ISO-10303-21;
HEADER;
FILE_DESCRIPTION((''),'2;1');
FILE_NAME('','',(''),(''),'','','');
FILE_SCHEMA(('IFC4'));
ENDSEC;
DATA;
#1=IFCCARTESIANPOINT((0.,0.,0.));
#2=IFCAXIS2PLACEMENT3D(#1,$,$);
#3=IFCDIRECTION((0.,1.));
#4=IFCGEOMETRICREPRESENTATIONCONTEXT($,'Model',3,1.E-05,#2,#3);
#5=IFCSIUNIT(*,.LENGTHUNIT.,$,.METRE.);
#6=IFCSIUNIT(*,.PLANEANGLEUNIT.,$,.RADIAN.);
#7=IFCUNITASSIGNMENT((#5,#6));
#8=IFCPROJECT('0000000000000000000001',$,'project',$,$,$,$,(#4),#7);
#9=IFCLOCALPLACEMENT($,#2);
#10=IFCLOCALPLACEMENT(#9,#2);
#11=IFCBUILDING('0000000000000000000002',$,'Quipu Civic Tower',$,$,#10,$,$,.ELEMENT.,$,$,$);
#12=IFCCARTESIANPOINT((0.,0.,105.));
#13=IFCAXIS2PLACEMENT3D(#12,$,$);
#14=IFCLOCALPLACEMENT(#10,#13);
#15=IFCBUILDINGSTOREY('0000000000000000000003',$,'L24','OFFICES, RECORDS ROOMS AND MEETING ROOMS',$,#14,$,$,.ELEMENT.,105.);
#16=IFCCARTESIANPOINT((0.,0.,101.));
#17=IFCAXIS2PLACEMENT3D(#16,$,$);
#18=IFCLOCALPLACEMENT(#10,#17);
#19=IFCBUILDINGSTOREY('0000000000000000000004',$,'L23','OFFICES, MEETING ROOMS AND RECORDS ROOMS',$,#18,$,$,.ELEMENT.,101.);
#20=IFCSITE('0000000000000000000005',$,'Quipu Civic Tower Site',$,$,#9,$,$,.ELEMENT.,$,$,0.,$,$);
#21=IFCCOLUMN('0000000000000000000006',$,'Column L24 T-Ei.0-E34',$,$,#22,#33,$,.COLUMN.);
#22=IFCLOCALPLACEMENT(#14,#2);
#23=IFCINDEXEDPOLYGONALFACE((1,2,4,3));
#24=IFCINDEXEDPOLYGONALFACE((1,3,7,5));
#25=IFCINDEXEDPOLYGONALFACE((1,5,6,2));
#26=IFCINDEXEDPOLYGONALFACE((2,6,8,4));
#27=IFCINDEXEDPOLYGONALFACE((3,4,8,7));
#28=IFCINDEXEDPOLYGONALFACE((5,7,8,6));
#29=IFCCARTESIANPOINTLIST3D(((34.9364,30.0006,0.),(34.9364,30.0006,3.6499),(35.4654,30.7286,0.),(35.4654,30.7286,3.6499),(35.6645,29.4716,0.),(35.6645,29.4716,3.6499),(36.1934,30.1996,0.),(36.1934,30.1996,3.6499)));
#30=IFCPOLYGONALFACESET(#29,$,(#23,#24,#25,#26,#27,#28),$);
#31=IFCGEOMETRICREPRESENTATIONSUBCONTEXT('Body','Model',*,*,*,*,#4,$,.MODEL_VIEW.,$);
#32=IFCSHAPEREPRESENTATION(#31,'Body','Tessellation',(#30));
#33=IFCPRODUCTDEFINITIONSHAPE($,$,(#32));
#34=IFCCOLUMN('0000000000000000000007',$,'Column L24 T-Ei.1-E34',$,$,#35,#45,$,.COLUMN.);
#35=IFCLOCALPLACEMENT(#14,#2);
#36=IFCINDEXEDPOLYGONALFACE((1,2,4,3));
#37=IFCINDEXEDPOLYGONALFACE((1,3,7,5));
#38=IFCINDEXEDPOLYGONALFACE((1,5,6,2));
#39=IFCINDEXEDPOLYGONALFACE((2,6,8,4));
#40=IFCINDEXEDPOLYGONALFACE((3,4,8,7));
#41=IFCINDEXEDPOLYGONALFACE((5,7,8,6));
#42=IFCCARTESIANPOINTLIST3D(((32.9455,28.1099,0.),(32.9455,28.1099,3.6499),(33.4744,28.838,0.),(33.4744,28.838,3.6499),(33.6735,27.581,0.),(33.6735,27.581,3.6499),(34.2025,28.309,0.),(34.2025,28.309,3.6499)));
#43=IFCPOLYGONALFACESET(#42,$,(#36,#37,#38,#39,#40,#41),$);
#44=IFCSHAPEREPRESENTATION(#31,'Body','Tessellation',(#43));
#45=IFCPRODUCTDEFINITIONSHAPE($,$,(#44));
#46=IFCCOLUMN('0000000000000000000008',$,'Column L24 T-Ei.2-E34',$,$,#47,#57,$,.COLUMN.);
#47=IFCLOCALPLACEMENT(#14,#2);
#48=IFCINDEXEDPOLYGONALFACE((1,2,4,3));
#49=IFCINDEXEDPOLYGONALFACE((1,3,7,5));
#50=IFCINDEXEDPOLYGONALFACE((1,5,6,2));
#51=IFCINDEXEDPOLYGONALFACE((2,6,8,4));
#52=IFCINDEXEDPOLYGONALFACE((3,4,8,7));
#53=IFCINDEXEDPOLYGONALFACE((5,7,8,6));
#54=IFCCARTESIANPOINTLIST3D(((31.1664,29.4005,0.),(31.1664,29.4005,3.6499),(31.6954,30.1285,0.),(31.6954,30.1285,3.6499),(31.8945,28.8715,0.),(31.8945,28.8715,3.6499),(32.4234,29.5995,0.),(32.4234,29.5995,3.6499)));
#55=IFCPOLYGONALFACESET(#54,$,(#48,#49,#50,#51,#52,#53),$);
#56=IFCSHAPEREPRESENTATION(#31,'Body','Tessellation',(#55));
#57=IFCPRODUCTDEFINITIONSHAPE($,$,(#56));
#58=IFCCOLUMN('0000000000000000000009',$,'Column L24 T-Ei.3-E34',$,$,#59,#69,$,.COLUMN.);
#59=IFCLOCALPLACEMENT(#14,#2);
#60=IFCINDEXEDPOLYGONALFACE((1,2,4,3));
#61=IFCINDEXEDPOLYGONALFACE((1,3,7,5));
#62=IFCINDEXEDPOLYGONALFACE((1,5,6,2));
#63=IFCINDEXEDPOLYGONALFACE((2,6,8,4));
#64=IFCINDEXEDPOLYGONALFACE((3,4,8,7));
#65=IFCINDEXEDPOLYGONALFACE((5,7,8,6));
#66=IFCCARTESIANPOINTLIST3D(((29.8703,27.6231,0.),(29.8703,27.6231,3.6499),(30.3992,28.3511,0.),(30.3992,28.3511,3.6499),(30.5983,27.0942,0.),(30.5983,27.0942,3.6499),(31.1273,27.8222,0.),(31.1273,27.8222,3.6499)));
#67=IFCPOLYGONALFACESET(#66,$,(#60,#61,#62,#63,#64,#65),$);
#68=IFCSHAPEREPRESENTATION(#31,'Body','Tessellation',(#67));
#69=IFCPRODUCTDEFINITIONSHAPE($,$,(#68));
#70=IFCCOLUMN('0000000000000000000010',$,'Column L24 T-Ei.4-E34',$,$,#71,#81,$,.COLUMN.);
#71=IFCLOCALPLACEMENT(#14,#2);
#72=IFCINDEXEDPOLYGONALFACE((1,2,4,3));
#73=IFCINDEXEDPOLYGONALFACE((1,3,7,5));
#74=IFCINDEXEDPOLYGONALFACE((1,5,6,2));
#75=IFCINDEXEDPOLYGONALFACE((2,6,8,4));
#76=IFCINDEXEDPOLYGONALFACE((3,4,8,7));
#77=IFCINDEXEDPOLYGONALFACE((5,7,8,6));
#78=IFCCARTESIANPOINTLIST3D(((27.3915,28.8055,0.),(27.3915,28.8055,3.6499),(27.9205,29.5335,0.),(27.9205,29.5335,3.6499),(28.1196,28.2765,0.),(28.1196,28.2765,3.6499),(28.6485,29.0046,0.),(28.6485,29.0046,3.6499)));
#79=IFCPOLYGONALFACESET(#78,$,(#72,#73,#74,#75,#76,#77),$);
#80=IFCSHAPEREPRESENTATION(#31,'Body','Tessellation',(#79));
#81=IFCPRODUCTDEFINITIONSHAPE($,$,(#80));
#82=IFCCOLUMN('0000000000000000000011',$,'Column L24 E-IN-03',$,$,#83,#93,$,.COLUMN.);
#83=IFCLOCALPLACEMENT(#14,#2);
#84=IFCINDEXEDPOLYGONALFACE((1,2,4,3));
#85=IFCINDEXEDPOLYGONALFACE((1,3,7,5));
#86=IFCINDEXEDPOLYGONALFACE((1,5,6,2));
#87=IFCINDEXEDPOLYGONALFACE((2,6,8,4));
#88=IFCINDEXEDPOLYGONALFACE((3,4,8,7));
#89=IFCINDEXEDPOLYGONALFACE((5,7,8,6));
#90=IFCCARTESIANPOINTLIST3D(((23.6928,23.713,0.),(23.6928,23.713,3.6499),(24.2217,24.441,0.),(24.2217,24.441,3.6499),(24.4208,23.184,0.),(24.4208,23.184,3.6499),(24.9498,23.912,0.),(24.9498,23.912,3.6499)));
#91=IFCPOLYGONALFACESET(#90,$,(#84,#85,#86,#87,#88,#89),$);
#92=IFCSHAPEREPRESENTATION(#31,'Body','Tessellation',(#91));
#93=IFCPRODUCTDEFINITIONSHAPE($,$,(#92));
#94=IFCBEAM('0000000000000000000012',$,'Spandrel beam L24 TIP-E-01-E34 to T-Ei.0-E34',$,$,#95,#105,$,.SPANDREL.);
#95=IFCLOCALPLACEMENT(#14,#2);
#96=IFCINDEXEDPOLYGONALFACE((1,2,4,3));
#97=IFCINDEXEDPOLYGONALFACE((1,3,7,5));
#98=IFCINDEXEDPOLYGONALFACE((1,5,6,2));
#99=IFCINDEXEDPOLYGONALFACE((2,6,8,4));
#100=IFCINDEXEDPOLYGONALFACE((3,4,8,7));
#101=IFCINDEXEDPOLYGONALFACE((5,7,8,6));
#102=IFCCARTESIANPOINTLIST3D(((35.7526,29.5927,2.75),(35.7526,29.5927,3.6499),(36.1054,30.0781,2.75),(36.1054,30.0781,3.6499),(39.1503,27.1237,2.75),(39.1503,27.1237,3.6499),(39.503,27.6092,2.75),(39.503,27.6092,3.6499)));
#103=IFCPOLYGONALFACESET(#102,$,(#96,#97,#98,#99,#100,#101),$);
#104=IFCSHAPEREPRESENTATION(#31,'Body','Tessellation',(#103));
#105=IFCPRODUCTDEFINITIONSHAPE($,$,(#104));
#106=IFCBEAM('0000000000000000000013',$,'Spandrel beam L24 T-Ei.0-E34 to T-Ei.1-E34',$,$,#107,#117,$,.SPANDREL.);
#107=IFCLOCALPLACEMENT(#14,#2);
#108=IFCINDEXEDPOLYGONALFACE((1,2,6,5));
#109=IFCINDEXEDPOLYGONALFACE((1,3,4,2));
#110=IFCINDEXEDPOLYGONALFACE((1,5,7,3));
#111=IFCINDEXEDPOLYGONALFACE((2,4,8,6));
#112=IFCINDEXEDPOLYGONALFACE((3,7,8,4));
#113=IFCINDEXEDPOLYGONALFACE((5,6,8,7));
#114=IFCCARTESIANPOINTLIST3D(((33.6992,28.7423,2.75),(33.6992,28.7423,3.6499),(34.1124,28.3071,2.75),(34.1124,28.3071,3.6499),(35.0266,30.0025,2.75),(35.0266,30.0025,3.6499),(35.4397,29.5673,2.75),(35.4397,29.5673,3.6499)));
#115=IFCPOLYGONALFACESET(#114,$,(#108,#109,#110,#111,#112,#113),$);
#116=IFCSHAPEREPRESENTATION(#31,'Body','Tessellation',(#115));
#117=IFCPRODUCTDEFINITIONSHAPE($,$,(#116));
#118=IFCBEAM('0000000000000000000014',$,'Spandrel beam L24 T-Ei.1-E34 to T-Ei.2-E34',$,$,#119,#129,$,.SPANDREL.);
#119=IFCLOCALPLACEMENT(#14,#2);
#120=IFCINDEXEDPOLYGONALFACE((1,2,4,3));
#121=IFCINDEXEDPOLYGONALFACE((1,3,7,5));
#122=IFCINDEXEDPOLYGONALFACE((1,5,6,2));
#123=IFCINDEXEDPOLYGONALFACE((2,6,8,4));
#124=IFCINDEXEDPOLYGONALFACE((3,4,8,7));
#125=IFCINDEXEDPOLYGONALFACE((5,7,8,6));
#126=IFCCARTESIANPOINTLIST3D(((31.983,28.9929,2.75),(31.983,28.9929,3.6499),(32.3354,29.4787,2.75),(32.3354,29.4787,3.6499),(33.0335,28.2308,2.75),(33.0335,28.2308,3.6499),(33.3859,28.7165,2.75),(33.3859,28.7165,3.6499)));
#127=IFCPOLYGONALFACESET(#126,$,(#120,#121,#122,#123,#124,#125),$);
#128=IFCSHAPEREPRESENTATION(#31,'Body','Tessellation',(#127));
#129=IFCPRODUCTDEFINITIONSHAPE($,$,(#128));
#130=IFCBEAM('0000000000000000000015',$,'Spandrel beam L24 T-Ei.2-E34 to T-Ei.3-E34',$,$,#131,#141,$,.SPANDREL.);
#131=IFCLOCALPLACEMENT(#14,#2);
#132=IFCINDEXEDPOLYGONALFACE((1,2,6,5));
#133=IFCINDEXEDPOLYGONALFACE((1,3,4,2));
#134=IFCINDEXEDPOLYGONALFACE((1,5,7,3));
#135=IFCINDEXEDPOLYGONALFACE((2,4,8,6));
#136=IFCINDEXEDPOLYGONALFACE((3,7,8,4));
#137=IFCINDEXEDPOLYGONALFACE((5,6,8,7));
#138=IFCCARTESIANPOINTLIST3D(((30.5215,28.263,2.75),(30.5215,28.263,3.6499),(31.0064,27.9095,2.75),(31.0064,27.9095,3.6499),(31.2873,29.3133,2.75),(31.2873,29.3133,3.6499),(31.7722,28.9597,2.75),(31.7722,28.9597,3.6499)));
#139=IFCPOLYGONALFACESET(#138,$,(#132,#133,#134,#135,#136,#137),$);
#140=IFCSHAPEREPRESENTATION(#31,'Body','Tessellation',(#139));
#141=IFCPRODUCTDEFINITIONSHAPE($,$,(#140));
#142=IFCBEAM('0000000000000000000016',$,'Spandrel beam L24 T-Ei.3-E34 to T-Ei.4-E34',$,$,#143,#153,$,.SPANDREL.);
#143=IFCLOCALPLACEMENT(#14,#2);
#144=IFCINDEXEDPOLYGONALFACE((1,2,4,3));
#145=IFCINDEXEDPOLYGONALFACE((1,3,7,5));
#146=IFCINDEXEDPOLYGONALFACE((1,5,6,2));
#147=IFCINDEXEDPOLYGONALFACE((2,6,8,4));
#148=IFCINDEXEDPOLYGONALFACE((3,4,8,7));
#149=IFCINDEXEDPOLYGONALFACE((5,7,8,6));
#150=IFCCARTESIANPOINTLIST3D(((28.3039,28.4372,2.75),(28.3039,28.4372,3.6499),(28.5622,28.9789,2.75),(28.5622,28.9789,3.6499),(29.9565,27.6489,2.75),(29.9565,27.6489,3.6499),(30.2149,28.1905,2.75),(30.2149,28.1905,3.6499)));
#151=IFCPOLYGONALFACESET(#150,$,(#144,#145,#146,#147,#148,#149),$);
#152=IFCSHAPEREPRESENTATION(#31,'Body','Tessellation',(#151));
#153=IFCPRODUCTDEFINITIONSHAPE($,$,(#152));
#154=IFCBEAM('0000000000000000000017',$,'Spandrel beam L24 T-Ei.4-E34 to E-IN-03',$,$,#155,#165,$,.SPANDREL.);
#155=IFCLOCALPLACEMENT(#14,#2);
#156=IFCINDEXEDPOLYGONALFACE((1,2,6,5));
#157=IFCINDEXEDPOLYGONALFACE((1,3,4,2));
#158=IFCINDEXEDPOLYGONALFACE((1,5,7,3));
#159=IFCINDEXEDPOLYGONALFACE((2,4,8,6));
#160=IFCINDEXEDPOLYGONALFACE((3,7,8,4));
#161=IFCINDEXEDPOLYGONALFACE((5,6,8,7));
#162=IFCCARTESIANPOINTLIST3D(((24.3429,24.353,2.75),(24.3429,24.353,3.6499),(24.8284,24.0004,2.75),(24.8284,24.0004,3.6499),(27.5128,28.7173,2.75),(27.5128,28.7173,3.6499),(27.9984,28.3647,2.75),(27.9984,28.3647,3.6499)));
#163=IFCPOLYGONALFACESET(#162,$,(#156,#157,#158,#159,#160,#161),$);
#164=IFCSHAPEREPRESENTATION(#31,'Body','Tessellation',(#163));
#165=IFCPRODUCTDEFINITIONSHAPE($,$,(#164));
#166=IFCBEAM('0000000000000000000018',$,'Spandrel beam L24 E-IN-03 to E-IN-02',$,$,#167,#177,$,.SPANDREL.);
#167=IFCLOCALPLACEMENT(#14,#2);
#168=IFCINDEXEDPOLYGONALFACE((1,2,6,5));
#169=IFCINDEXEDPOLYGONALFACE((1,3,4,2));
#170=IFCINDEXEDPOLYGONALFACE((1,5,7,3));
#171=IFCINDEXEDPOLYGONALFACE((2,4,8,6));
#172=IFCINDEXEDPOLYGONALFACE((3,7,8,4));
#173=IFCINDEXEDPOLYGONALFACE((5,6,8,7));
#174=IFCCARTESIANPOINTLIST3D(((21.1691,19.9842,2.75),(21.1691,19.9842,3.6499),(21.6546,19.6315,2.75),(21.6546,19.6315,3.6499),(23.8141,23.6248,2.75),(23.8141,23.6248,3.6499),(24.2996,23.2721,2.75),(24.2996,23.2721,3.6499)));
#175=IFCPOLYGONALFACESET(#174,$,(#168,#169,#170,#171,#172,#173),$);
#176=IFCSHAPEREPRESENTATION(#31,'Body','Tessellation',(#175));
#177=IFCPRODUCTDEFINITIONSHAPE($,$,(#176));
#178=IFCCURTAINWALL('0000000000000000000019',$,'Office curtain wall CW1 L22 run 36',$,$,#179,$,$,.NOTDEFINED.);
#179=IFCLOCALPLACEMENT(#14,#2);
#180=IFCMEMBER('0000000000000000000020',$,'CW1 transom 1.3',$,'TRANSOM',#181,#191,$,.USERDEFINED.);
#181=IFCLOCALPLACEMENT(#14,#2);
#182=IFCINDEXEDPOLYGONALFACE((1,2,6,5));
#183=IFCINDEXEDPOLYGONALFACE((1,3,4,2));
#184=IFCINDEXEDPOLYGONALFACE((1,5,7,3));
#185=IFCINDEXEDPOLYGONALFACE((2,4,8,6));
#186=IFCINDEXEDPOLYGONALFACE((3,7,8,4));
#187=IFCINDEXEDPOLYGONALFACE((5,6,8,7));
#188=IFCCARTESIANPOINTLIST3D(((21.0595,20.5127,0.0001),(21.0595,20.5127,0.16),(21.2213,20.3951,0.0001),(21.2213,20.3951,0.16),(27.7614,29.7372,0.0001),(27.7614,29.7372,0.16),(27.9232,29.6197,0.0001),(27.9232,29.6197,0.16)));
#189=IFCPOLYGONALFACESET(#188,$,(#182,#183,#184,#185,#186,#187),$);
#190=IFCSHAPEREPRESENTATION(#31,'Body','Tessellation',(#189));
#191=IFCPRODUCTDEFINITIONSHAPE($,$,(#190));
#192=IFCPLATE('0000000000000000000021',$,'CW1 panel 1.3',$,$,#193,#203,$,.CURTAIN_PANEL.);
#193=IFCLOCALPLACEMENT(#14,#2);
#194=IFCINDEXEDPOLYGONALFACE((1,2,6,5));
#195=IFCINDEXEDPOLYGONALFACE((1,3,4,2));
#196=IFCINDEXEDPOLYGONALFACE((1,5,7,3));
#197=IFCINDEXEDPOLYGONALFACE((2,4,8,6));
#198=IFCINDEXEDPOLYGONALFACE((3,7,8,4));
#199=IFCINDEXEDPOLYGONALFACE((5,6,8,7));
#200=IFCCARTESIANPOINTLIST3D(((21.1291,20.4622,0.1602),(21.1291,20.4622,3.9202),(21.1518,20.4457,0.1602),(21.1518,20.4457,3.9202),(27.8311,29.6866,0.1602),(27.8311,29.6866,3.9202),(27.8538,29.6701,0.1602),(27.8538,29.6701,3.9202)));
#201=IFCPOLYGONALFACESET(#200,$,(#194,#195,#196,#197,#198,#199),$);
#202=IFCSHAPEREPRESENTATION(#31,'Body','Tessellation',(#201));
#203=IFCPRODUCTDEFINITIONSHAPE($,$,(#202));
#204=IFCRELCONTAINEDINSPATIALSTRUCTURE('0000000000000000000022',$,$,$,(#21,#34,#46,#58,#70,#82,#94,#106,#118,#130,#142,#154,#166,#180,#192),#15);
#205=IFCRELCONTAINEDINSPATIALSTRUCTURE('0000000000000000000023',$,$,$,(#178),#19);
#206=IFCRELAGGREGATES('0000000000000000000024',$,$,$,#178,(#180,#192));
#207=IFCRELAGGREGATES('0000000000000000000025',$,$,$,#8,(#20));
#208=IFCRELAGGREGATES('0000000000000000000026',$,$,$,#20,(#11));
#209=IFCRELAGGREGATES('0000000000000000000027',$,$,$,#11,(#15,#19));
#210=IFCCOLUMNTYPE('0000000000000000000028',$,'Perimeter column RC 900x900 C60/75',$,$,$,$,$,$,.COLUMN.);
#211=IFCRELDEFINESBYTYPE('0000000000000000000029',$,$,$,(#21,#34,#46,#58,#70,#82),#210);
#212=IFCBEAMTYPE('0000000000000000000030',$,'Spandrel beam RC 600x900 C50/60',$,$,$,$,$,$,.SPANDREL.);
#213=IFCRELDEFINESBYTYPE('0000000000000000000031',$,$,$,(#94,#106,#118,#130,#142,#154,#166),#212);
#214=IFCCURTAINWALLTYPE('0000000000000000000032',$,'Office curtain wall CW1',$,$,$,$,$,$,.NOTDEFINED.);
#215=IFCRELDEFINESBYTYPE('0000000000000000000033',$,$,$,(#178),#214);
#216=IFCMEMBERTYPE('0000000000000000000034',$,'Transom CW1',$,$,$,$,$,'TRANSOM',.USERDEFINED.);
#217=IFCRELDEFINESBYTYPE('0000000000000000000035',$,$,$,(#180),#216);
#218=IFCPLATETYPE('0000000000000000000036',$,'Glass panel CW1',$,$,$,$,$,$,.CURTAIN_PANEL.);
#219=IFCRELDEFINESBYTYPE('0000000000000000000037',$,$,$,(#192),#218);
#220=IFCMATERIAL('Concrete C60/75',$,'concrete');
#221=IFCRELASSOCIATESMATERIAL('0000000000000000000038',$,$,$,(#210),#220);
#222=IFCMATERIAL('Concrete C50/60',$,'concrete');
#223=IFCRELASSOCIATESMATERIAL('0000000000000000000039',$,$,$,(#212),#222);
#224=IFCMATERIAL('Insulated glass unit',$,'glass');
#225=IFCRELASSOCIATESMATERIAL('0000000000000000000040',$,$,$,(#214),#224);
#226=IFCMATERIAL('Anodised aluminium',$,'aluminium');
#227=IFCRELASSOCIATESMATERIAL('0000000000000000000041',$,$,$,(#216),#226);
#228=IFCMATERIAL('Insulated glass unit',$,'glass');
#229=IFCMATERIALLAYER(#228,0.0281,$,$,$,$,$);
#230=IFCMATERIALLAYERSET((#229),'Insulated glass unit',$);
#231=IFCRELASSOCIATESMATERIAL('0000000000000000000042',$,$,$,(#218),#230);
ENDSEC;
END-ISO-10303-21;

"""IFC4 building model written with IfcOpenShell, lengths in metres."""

from ifc_helpers import new_model, si_unit, direction, frame, origin, origin_2d, place, context, subcontext, project, spatial, rectangle, extrude, material, layer, layer_set, material_profile, profile_set, type_object, element, aggregate, save


model = new_model("IFC4")

# Units and contexts
model_context = context("Model", 3, precision=1e-05, world=origin(), true_north=direction((0.0, 1.0)))
body_context = subcontext(model_context, "Body", "Model", "MODEL_VIEW")
ifc_project = project(units=[si_unit("LENGTHUNIT", "METRE"), si_unit("PLANEANGLEUNIT", "RADIAN")], contexts=[model_context])

# Site, building, storey
site_placement = place(None, origin())
site = spatial("IfcSite", under=ifc_project, at=site_placement, Name="Quipu Civic Tower Site", CompositionType="ELEMENT", RefElevation=0.0)
building_placement = place(site_placement, origin())
building = spatial("IfcBuilding", under=site, at=building_placement, Name="Quipu Civic Tower", CompositionType="ELEMENT")
storey_1_placement = place(building_placement, frame((0.0, 0.0, 105.0)))
storey_1 = spatial("IfcBuildingStorey", under=building, at=storey_1_placement, Name="L24", Description="OFFICES, RECORDS ROOMS AND MEETING ROOMS", CompositionType="ELEMENT", Elevation=105.0)

# Columns
ifc_material_1 = material(Name="Concrete C60/75", Category="concrete")
ifc_material_profile_1 = material_profile(ifc_material_1, rectangle(XDim=0.8999, YDim=0.8999, at=origin_2d()), Name="RC900x900")
ifc_profile_set_1 = profile_set([ifc_material_profile_1], Name="Concrete C60/75")
column_type = type_object("IfcColumnType", Name="Perimeter column RC 900x900 C60/75", PredefinedType="COLUMN", material=ifc_profile_set_1)
for number, where, z_axis, x_axis, name in (
    (1, (35.5649, 30.1001, 0.0), (0.0, 0.0, 1.0), (-0.587785, -0.809017, 0.0), "Column L24 T-Ei.0-E34"),
    (2, (33.574, 28.2095, 0.0), (0.0, 0.0, 1.0), (-0.809017, 0.587785, 0.0), "Column L24 T-Ei.1-E34"),
    (3, (31.7949, 29.5, 0.0), (0.0, 0.0, 1.0), (-0.587785, -0.809017, 0.0), "Column L24 T-Ei.2-E34"),
    (4, (30.4988, 27.7227, 0.0), (0.0, 0.0, 1.0), (-0.809017, 0.587785, 0.0), "Column L24 T-Ei.3-E34"),
    (5, (28.02, 28.905, 0.0), (0.0, 0.0, 1.0), (-0.809017, 0.587785, 0.0), "Column L24 T-Ei.4-E34"),
    (6, (24.3213, 23.8125, 0.0), (0.0, 0.0, 1.0), (-0.587785, -0.809017, 0.0), "Column L24 E-IN-03"),
):
    element("IfcColumn", number, at=place(storey_1_placement, frame(where, z_axis=z_axis, x_axis=x_axis)), inside=storey_1, type_object=column_type, Name=name, PredefinedType="COLUMN", context=body_context, shape_type="SweptSolid", body=[
        extrude(rectangle(XDim=0.8999, YDim=0.8999, at=origin_2d()), origin(), (0.0, 0.0, 1.0), 3.6499),
    ])

# Beams
ifc_material_2 = material(Name="Concrete C50/60", Category="concrete")
ifc_material_profile_2 = material_profile(ifc_material_2, rectangle(XDim=0.6001, YDim=0.8999, at=origin_2d()), Name="RC600x900")
ifc_profile_set_2 = profile_set([ifc_material_profile_2], Name="Concrete C50/60")
beam_type = type_object("IfcBeamType", Name="Spandrel beam RC 600x900 C50/60", PredefinedType="SPANDREL", material=ifc_profile_set_2)
beam_1_placement = place(storey_1_placement, frame((39.3267, 27.3665, 3.2), z_axis=(-0.80897, 0.58785, 0.0), x_axis=(-0.58785, -0.80897, 0.0)))
element("IfcBeam", 7, at=beam_1_placement, inside=storey_1, type_object=beam_type, Name="Spandrel beam L24 TIP-E-01-E34 to T-Ei.0-E34", PredefinedType="SPANDREL", context=body_context, shape_type="SweptSolid", body=[
    extrude(rectangle(XDim=0.6001, YDim=0.8999, at=origin_2d()), origin(), (0.0, 0.0, 1.0), 4.2),
])
beam_2_placement = place(storey_1_placement, frame((35.2332, 29.7849, 3.2), z_axis=(-0.725209, -0.688529, 0.0), x_axis=(0.688529, -0.725209, 0.0)))
element("IfcBeam", 8, at=beam_2_placement, inside=storey_1, type_object=beam_type, Name="Spandrel beam L24 T-Ei.0-E34 to T-Ei.1-E34", PredefinedType="SPANDREL", context=body_context, shape_type="SweptSolid", body=[
    extrude(rectangle(XDim=0.6001, YDim=0.8999, at=origin_2d()), origin(), (0.0, 0.0, 1.0), 1.8303),
])
beam_3_placement = place(storey_1_placement, frame((33.2097, 28.4736, 3.2), z_axis=(-0.809403, 0.587254, 0.0), x_axis=(-0.587254, -0.809403, 0.0)))
element("IfcBeam", 9, at=beam_3_placement, inside=storey_1, type_object=beam_type, Name="Spandrel beam L24 T-Ei.1-E34 to T-Ei.2-E34", PredefinedType="SPANDREL", context=body_context, shape_type="SweptSolid", body=[
    extrude(rectangle(XDim=0.6001, YDim=0.8999, at=origin_2d()), origin(), (0.0, 0.0, 1.0), 1.2979),
])
beam_4_placement = place(storey_1_placement, frame((31.5298, 29.1365, 3.2), z_axis=(-0.589187, -0.807996, 0.0), x_axis=(0.807996, -0.589187, 0.0)))
element("IfcBeam", 10, at=beam_4_placement, inside=storey_1, type_object=beam_type, Name="Spandrel beam L24 T-Ei.2-E34 to T-Ei.3-E34", PredefinedType="SPANDREL", context=body_context, shape_type="SweptSolid", body=[
    extrude(rectangle(XDim=0.6001, YDim=0.8999, at=origin_2d()), origin(), (0.0, 0.0, 1.0), 1.2998),
])
beam_5_placement = place(storey_1_placement, frame((30.0857, 27.9197, 3.2), z_axis=(-0.902567, 0.430549, 0.0), x_axis=(-0.430549, -0.902567, 0.0)))
element("IfcBeam", 11, at=beam_5_placement, inside=storey_1, type_object=beam_type, Name="Spandrel beam L24 T-Ei.3-E34 to T-Ei.4-E34", PredefinedType="SPANDREL", context=body_context, shape_type="SweptSolid", body=[
    extrude(rectangle(XDim=0.6001, YDim=0.8999, at=origin_2d()), origin(), (0.0, 0.0, 1.0), 1.8311),
])
beam_6_placement = place(storey_1_placement, frame((27.7556, 28.541, 3.2), z_axis=(-0.587676, -0.809096, 0.0), x_axis=(0.809096, -0.587676, 0.0)))
element("IfcBeam", 12, at=beam_6_placement, inside=storey_1, type_object=beam_type, Name="Spandrel beam L24 T-Ei.4-E34 to E-IN-03", PredefinedType="SPANDREL", context=body_context, shape_type="SweptSolid", body=[
    extrude(rectangle(XDim=0.6001, YDim=0.8999, at=origin_2d()), origin(), (0.0, 0.0, 1.0), 5.394),
])
beam_7_placement = place(storey_1_placement, frame((24.0569, 23.4485, 3.2), z_axis=(-0.587778, -0.809022, 0.0), x_axis=(0.809022, -0.587778, 0.0)))
element("IfcBeam", 13, at=beam_7_placement, inside=storey_1, type_object=beam_type, Name="Spandrel beam L24 E-IN-03 to E-IN-02", PredefinedType="SPANDREL", context=body_context, shape_type="SweptSolid", body=[
    extrude(rectangle(XDim=0.6001, YDim=0.8999, at=origin_2d()), origin(), (0.0, 0.0, 1.0), 4.5),
])

# Shared definitions
storey_2_placement = place(building_placement, frame((0.0, 0.0, 101.0)))
storey_2 = spatial("IfcBuildingStorey", under=building, at=storey_2_placement, Name="L23", Description="OFFICES, MEETING ROOMS AND RECORDS ROOMS", CompositionType="ELEMENT", Elevation=101.0)

# Curtain wall, member, plate
ifc_material_3 = material(Name="Insulated glass unit", Category="glass")
curtain_wall_type = type_object("IfcCurtainWallType", Name="Office curtain wall CW1", PredefinedType="NOTDEFINED", material=ifc_material_3)
curtain_wall_placement = place(storey_2_placement, origin())
curtain_wall = element("IfcCurtainWall", 14, at=curtain_wall_placement, inside=storey_2, type_object=curtain_wall_type, Name="Office curtain wall CW1 L22 run 36", PredefinedType="NOTDEFINED")
ifc_material_4 = material(Name="Anodised aluminium", Category="aluminium")
ifc_material_profile_3 = material_profile(ifc_material_4, rectangle(XDim=0.2, YDim=0.1599, at=origin_2d()), Name="RECT 200x160")
ifc_profile_set_3 = profile_set([ifc_material_profile_3], Name="Anodised aluminium")
member_type = type_object("IfcMemberType", Name="Transom CW1", ElementType="TRANSOM", PredefinedType="USERDEFINED", material=ifc_profile_set_3)
member_placement = place(storey_1_placement, frame((27.8423, 29.6785, 0.0801), z_axis=(-0.587776, -0.809024, 0.0), x_axis=(0.809024, -0.587776, 0.0)))
member = element("IfcMember", 15, at=member_placement, inside=storey_1, type_object=member_type, Name="CW1 transom 1.3", ObjectType="TRANSOM", PredefinedType="USERDEFINED", context=body_context, shape_type="SweptSolid", body=[
    extrude(rectangle(XDim=0.2, YDim=0.1599, at=origin_2d()), origin(), (0.0, 0.0, 1.0), 11.4021),
])
ifc_material_5 = material(Name="Insulated glass unit", Category="glass")
ifc_layer_1 = layer(ifc_material_5, 0.0281)
ifc_layer_set_1 = layer_set([ifc_layer_1], Name="Insulated glass unit")
plate_type_1 = type_object("IfcPlateType", Name="Glass panel CW1", PredefinedType="CURTAIN_PANEL", material=ifc_layer_set_1)
plate_placement = place(storey_1_placement, frame((24.4915, 25.0662, 0.1602), z_axis=(0.0, 0.0, 1.0), x_axis=(-0.587789, -0.809014, 0.0)))
plate = element("IfcPlate", 16, at=plate_placement, inside=storey_1, type_object=plate_type_1, Name="CW1 panel 1.3", PredefinedType="CURTAIN_PANEL", context=body_context, shape_type="SweptSolid", body=[
    extrude(rectangle(XDim=11.4021, YDim=0.0281, at=origin_2d()), origin(), (0.0, 0.0, 1.0), 3.76),
])
aggregate(curtain_wall, [member, plate])

save(model, "model.ifc")
